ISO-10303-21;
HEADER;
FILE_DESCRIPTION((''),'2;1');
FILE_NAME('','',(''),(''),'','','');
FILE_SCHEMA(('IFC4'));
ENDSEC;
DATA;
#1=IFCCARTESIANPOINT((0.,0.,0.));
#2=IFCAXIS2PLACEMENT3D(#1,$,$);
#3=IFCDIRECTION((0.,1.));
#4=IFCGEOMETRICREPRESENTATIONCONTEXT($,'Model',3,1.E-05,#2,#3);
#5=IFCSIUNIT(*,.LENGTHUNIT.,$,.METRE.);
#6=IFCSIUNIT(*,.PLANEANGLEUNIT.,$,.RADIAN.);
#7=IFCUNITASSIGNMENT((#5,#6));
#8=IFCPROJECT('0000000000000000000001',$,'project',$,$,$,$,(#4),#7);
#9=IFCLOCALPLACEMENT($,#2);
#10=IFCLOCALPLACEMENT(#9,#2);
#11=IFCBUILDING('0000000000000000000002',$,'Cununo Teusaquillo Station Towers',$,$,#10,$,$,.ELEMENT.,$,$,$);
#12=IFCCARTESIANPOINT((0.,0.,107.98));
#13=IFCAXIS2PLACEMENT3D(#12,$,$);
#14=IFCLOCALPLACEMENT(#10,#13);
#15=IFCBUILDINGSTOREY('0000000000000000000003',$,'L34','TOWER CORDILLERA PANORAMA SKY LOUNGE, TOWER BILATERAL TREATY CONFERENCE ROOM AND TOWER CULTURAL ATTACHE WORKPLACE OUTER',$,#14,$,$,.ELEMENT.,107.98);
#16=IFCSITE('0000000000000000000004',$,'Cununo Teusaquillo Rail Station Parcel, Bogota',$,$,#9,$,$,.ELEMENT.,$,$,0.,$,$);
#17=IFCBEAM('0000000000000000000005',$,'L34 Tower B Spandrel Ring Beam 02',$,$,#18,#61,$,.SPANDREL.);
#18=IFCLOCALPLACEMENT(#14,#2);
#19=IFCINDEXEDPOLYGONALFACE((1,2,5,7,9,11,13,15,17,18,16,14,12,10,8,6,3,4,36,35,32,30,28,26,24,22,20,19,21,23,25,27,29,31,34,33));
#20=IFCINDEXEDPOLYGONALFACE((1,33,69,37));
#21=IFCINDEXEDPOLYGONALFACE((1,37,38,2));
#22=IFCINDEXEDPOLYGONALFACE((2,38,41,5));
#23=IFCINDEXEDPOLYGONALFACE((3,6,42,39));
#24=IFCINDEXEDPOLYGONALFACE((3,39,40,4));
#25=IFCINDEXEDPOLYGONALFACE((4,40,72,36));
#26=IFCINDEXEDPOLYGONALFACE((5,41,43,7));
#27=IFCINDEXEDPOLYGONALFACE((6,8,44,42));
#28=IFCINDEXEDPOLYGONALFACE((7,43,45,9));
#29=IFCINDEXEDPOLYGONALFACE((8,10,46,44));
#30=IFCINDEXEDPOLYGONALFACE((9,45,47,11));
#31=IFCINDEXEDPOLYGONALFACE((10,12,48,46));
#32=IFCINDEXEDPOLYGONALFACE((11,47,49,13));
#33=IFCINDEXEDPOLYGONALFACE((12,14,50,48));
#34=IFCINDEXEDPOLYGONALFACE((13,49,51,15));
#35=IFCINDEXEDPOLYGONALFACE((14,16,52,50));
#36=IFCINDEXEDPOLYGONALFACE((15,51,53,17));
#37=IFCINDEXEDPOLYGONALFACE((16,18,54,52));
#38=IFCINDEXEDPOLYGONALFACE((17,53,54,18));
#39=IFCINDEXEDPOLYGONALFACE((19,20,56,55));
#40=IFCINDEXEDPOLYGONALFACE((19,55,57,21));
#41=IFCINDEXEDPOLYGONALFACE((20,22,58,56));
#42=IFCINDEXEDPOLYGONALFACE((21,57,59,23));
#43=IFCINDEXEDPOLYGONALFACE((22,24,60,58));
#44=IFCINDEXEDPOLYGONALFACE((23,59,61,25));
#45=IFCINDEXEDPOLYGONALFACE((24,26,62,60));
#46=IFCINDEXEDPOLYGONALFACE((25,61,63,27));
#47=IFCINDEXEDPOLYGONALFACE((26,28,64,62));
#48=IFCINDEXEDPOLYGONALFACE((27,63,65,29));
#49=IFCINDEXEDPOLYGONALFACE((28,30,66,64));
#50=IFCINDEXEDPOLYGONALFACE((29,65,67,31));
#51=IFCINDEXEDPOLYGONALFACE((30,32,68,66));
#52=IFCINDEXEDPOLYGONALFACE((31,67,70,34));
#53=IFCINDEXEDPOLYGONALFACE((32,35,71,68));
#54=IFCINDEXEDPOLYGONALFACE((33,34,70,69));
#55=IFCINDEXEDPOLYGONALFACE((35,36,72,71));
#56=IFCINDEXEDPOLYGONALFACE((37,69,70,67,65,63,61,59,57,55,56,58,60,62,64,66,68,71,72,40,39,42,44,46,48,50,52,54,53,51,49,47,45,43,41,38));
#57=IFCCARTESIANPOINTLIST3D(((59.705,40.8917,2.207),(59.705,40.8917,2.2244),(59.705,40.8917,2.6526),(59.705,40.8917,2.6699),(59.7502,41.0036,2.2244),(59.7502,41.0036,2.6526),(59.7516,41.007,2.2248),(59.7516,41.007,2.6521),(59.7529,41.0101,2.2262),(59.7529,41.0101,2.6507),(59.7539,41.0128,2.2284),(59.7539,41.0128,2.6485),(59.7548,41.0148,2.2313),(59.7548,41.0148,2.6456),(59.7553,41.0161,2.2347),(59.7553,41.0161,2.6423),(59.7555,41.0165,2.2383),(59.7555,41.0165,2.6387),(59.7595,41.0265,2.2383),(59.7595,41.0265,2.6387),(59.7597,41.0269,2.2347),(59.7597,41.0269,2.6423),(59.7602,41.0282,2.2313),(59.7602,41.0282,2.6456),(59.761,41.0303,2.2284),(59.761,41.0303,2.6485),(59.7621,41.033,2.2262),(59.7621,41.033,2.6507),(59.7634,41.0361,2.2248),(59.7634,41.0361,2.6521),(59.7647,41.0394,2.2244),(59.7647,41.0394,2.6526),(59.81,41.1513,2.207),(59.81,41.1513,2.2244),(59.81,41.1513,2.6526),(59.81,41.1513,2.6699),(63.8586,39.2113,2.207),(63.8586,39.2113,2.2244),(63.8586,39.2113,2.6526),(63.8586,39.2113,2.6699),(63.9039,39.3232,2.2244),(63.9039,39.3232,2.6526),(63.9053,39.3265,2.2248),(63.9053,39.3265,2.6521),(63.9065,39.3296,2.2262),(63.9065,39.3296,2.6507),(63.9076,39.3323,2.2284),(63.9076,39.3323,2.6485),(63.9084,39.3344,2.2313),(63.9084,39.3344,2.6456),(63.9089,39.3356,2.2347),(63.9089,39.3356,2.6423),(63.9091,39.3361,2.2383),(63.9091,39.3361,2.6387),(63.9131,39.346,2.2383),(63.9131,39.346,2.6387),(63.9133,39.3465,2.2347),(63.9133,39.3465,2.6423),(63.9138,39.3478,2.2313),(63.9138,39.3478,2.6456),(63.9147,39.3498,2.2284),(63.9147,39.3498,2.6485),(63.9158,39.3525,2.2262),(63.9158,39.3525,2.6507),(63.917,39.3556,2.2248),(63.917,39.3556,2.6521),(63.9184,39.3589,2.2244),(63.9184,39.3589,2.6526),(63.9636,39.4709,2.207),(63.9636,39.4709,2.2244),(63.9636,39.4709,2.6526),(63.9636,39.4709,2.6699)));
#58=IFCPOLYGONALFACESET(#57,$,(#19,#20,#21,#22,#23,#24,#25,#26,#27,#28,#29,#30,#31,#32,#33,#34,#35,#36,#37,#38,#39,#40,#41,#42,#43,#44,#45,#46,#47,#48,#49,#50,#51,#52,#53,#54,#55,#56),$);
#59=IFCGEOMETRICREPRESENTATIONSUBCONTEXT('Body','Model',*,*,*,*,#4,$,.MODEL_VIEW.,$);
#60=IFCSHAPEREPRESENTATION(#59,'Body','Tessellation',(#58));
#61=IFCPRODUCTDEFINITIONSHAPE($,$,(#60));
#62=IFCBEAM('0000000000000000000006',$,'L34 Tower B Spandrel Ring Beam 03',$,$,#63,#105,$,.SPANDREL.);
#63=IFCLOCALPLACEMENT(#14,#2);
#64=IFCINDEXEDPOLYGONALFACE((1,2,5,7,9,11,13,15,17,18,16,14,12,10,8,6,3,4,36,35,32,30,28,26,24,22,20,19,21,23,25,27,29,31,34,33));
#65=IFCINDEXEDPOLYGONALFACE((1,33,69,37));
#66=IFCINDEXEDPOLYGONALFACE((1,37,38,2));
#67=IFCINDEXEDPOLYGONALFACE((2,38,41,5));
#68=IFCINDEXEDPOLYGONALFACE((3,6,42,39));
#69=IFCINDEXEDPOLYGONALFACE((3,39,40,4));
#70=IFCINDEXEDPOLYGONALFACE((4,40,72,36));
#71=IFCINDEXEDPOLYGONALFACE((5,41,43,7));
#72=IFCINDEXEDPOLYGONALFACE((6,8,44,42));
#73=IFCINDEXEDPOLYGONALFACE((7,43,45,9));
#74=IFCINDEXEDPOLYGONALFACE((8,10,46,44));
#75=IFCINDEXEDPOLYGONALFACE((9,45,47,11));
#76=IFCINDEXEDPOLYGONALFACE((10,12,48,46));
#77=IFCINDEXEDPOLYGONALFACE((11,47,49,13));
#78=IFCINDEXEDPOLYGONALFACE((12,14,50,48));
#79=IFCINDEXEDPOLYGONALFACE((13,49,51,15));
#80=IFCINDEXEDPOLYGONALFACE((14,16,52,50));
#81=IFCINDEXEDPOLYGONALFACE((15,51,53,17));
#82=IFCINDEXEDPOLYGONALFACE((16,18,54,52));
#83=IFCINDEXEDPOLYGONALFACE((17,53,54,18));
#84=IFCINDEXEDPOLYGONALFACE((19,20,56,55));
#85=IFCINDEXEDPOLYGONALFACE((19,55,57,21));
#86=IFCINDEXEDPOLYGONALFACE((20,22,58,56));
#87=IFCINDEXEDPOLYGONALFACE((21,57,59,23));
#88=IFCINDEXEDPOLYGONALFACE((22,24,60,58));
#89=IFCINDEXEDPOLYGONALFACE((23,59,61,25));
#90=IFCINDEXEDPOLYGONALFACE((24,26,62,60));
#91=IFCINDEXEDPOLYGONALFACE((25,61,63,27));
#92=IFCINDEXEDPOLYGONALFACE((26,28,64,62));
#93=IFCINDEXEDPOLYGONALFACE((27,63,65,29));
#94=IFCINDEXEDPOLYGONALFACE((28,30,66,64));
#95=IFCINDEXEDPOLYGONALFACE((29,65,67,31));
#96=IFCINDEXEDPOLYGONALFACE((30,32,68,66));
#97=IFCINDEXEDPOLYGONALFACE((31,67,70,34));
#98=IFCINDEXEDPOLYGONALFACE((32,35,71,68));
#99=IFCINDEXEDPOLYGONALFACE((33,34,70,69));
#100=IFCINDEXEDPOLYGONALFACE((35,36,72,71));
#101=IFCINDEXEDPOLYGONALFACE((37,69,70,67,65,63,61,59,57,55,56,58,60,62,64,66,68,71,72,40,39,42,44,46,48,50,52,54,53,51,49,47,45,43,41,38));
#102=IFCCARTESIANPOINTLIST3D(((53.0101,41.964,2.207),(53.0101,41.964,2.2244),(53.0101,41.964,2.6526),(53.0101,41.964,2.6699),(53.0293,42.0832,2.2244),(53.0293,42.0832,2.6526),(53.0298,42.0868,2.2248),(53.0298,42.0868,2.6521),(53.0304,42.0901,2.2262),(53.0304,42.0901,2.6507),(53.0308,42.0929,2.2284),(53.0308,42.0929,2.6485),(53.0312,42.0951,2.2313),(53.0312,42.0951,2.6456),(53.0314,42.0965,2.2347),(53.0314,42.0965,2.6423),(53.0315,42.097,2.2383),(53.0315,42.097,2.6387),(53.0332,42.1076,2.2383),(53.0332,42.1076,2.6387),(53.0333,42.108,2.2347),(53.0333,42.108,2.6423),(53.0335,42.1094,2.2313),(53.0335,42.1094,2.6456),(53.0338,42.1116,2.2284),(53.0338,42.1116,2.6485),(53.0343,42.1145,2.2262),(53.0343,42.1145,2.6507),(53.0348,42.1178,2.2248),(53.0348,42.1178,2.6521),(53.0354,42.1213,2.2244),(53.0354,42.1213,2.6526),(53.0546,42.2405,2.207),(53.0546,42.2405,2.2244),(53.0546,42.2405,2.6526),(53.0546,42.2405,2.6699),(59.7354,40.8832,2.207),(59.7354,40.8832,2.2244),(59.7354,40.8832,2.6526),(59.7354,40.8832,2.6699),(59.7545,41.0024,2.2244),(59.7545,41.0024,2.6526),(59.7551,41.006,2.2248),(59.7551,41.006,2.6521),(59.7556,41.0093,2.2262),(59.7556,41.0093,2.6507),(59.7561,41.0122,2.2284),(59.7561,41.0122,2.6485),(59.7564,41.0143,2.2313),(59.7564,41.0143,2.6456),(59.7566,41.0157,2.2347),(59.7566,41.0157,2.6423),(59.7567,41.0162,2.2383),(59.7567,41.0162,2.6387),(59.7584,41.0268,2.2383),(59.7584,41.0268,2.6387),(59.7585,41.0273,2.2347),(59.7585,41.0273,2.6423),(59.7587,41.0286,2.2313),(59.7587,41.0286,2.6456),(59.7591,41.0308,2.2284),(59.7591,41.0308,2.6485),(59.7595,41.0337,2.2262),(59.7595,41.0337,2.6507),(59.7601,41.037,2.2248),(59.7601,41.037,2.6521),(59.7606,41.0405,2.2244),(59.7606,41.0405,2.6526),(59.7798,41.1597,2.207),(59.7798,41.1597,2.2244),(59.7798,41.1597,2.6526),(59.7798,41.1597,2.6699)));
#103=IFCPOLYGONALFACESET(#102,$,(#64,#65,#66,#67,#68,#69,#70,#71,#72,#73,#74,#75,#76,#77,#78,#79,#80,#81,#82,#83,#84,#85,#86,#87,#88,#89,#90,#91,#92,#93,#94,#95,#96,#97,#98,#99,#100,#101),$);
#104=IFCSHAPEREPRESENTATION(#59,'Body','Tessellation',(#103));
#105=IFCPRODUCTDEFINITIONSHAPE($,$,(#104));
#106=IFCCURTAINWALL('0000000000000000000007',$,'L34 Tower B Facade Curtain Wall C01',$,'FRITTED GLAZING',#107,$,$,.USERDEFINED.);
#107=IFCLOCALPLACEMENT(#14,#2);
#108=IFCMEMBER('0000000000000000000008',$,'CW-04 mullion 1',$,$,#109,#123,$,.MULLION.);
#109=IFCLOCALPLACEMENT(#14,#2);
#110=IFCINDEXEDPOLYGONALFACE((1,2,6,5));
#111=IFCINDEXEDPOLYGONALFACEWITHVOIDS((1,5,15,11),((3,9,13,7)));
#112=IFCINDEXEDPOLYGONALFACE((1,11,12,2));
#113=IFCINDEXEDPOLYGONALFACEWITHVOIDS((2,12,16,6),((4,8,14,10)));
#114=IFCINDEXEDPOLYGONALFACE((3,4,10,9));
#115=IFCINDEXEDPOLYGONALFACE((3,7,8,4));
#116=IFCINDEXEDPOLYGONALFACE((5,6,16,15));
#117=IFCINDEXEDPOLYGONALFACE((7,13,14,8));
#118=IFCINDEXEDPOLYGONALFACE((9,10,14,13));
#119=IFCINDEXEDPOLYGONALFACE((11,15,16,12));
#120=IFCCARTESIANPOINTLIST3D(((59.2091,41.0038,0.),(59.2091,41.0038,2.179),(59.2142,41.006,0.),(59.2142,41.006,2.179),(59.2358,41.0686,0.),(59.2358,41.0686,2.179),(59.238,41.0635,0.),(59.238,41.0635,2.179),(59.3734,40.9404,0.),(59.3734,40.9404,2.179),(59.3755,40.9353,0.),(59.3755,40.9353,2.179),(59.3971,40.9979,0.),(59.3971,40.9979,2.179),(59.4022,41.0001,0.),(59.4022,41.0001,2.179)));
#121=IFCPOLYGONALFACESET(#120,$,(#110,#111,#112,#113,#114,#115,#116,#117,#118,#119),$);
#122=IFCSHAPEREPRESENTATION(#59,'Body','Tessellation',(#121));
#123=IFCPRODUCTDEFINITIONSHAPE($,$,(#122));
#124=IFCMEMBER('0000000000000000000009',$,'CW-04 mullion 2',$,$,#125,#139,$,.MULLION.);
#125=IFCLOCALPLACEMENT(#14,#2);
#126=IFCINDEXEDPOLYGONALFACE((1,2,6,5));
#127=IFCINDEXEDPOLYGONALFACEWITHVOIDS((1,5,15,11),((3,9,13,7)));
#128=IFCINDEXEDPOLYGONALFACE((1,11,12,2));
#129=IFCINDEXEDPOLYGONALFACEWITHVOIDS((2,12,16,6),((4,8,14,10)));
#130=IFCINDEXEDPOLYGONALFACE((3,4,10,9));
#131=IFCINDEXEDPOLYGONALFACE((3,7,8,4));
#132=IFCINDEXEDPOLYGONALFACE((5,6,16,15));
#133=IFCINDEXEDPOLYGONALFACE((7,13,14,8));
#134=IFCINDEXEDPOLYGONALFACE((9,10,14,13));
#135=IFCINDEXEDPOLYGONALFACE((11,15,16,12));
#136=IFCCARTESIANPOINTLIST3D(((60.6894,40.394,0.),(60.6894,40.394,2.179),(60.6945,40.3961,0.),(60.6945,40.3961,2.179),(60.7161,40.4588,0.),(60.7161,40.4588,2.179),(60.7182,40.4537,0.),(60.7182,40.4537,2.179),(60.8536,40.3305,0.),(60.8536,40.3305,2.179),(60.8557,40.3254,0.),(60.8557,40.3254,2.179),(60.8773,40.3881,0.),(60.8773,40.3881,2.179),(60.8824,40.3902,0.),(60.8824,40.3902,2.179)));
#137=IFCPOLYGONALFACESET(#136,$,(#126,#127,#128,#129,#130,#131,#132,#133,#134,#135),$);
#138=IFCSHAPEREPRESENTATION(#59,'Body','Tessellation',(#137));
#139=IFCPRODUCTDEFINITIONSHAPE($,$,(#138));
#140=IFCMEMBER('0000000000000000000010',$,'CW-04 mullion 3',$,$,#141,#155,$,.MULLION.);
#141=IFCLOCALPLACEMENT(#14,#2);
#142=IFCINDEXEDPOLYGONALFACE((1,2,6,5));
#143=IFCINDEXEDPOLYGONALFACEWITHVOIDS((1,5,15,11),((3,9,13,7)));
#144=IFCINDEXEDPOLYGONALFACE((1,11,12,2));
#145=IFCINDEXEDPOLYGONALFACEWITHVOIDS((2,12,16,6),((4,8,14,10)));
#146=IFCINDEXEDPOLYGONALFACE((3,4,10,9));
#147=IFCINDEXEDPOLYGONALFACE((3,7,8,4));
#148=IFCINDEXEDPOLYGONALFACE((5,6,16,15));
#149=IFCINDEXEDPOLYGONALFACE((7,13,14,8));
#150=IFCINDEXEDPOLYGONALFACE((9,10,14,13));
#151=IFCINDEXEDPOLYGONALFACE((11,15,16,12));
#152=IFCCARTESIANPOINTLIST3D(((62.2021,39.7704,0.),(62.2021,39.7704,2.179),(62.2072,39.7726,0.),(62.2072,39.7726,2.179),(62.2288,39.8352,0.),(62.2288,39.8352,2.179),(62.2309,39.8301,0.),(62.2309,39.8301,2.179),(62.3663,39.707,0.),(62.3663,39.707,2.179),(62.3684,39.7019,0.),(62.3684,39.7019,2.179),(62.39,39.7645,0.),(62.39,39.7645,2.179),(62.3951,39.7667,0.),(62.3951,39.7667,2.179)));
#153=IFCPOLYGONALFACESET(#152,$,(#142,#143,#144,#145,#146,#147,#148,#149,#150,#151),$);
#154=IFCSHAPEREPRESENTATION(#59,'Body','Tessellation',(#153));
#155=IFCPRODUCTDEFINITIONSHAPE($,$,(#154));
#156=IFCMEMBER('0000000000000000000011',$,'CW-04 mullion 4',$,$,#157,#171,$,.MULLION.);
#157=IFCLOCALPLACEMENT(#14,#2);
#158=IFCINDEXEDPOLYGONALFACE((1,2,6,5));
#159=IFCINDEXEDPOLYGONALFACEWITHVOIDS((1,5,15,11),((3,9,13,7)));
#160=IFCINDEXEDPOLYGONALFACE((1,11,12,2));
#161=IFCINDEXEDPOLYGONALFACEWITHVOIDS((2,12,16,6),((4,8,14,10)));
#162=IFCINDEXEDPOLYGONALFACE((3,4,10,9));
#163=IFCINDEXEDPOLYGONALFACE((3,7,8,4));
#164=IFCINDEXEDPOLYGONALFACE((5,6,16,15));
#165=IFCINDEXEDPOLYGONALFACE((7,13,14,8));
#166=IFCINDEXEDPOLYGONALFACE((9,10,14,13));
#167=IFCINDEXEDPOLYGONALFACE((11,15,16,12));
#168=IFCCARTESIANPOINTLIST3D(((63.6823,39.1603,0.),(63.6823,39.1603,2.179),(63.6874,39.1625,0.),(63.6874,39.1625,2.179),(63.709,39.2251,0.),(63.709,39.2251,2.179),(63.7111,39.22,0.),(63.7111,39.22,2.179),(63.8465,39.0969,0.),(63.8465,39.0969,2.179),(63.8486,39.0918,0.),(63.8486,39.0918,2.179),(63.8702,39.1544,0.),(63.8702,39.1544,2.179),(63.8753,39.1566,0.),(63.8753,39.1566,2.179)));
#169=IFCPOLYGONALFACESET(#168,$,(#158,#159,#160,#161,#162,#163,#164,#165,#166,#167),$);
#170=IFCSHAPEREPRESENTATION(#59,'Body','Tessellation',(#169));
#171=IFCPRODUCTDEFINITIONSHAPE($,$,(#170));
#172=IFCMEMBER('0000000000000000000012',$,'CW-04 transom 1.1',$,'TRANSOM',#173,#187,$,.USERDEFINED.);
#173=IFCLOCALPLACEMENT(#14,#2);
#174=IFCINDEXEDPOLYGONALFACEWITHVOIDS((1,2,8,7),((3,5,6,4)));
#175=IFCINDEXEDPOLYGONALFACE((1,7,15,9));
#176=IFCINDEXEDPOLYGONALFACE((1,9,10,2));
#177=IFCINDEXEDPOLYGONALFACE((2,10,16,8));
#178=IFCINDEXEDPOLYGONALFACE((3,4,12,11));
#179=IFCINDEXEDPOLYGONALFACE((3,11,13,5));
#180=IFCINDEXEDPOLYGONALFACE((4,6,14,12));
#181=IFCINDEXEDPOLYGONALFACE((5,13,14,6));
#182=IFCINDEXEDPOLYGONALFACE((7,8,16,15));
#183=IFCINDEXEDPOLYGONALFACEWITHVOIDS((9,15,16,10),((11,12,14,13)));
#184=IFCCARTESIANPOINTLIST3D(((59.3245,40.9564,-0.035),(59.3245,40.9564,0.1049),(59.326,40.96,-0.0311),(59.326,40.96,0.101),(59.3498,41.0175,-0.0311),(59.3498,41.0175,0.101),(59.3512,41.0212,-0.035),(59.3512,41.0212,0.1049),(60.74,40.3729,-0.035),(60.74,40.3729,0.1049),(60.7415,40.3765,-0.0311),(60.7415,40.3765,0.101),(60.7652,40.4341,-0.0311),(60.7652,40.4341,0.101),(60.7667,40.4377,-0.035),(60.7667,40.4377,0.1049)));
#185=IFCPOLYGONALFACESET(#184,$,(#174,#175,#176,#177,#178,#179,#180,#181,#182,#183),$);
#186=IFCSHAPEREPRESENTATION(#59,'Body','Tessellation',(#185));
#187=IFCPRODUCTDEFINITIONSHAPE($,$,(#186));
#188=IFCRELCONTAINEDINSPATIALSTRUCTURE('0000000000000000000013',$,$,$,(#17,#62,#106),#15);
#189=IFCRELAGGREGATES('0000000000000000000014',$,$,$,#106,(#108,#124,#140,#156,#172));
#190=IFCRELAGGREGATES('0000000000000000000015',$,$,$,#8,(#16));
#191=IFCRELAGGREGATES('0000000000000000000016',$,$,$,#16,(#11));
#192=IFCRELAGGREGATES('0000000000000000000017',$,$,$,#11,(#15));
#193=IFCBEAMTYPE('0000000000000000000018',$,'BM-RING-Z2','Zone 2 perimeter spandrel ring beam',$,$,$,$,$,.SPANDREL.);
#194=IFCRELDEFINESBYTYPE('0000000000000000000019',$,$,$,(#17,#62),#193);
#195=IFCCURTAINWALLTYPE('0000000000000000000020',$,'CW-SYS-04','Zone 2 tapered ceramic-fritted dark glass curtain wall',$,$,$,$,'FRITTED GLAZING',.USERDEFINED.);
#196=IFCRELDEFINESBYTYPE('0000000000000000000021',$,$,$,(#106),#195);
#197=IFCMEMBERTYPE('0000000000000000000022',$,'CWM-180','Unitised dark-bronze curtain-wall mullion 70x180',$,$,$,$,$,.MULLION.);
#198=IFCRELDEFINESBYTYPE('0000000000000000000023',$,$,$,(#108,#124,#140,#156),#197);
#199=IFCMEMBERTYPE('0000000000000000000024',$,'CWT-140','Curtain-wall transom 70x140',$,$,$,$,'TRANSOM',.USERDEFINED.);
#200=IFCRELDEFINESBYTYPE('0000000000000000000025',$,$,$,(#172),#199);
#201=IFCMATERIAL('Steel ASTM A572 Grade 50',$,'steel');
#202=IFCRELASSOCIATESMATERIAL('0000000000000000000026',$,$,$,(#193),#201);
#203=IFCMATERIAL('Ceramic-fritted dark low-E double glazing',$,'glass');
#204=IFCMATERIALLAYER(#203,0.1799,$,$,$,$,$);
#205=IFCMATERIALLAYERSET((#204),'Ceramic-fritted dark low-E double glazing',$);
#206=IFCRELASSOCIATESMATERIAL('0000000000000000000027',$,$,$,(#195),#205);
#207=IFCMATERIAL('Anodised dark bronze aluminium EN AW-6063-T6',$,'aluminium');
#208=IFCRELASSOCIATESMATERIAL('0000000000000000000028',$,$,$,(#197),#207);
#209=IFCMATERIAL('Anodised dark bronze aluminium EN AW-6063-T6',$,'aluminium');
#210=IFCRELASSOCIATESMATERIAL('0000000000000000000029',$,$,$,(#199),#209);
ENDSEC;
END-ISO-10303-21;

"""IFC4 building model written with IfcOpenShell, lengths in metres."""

from ifc_helpers import new_model, si_unit, direction, frame, origin, origin_2d, place, context, subcontext, project, spatial, hollow_rectangle, i_section, extrude, material, layer, layer_set, material_profile, profile_set, type_object, element, aggregate, save


model = new_model("IFC4")

# Units and contexts
model_context = context("Model", 3, precision=1e-05, world=origin(), true_north=direction((0.0, 1.0)))
body_context = subcontext(model_context, "Body", "Model", "MODEL_VIEW")
ifc_project = project(units=[si_unit("LENGTHUNIT", "METRE"), si_unit("PLANEANGLEUNIT", "RADIAN")], contexts=[model_context])

# Site, building, storey
site_placement = place(None, origin())
site = spatial("IfcSite", under=ifc_project, at=site_placement, Name="Cununo Teusaquillo Rail Station Parcel, Bogota", CompositionType="ELEMENT", RefElevation=0.0)
building_placement = place(site_placement, origin())
building = spatial("IfcBuilding", under=site, at=building_placement, Name="Cununo Teusaquillo Station Towers", CompositionType="ELEMENT")
storey_placement = place(building_placement, frame((0.0, 0.0, 107.98)))
storey = spatial("IfcBuildingStorey", under=building, at=storey_placement, Name="L34", Description="TOWER CORDILLERA PANORAMA SKY LOUNGE, TOWER BILATERAL TREATY CONFERENCE ROOM AND TOWER CULTURAL ATTACHE WORKPLACE OUTER", CompositionType="ELEMENT", Elevation=107.98)

# Beams
ifc_material_1 = material(Name="Steel ASTM A572 Grade 50", Category="steel")
ifc_material_profile_1 = material_profile(ifc_material_1, i_section(OverallWidth=0.28, OverallDepth=0.4629, WebThickness=0.0107, FlangeThickness=0.0173, FilletRadius=0.0139, at=origin_2d()), Name="W18X76")
ifc_profile_set_1 = profile_set([ifc_material_profile_1], Name="Steel ASTM A572 Grade 50")
beam_type = type_object("IfcBeamType", Name="BM-RING-Z2", Description="Zone 2 perimeter spandrel ring beam", PredefinedType="SPANDREL", material=ifc_profile_set_1)
beam_1_placement = place(storey_placement, frame((63.9111, 39.3411, 2.4385), z_axis=(-0.927008, 0.375042, 0.0), x_axis=(-0.375042, -0.927008, 0.0)))
element("IfcBeam", 1, at=beam_1_placement, inside=storey, type_object=beam_type, Name="L34 Tower B Spandrel Ring Beam 02", PredefinedType="SPANDREL", context=body_context, shape_type="SweptSolid", body=[
    extrude(i_section(OverallWidth=0.28, OverallDepth=0.4629, WebThickness=0.0107, FlangeThickness=0.0173, FilletRadius=0.0139, at=origin_2d()), origin(), (0.0, 0.0, 1.0), 4.4807),
])
beam_2_placement = place(storey_placement, frame((59.7576, 41.0215, 2.4385), z_axis=(-0.987331, 0.158671, 0.0), x_axis=(-0.158671, -0.987331, 0.0)))
element("IfcBeam", 2, at=beam_2_placement, inside=storey, type_object=beam_type, Name="L34 Tower B Spandrel Ring Beam 03", PredefinedType="SPANDREL", context=body_context, shape_type="SweptSolid", body=[
    extrude(i_section(OverallWidth=0.28, OverallDepth=0.4629, WebThickness=0.0107, FlangeThickness=0.0173, FilletRadius=0.0139, at=origin_2d()), origin(), (0.0, 0.0, 1.0), 6.8115),
])

# Curtain wall, members
ifc_material_2 = material(Name="Ceramic-fritted dark low-E double glazing", Category="glass")
ifc_layer_1 = layer(ifc_material_2, 0.1799)
ifc_layer_set_1 = layer_set([ifc_layer_1], Name="Ceramic-fritted dark low-E double glazing")
curtain_wall_type = type_object("IfcCurtainWallType", Name="CW-SYS-04", Description="Zone 2 tapered ceramic-fritted dark glass curtain wall", ElementType="FRITTED GLAZING", PredefinedType="USERDEFINED", material=ifc_layer_set_1)
curtain_wall_placement = place(storey_placement, origin())
curtain_wall = element("IfcCurtainWall", 3, at=curtain_wall_placement, inside=storey, type_object=curtain_wall_type, Name="L34 Tower B Facade Curtain Wall C01", ObjectType="FRITTED GLAZING", PredefinedType="USERDEFINED")
ifc_material_3 = material(Name="Anodised dark bronze aluminium EN AW-6063-T6", Category="aluminium")
ifc_material_profile_2 = material_profile(ifc_material_3, hollow_rectangle(XDim=0.0701, YDim=0.1799, WallThickness=0.0039, at=origin_2d()), Name="CW-MULL-70x180")
ifc_profile_set_2 = profile_set([ifc_material_profile_2], Name="Anodised dark bronze aluminium EN AW-6063-T6")
member_type_1 = type_object("IfcMemberType", Name="CWM-180", Description="Unitised dark-bronze curtain-wall mullion 70x180", PredefinedType="MULLION", material=ifc_profile_set_2)
member_1_placement = place(storey_placement, frame((59.3057, 41.002, 0.0), z_axis=(0.0, 0.0, 1.0), x_axis=(0.381031, 0.924562, 0.0)))
member_1 = element("IfcMember", 4, at=member_1_placement, type_object=member_type_1, Name="CW-04 mullion 1", PredefinedType="MULLION", context=body_context, shape_type="SweptSolid", body=[
    extrude(hollow_rectangle(XDim=0.0701, YDim=0.1799, WallThickness=0.0039, at=origin_2d()), origin(), (0.0, 0.0, 1.0), 2.179),
])
member_2_placement = place(storey_placement, frame((60.7859, 40.3921, 0.0), z_axis=(0.0, 0.0, 1.0), x_axis=(0.381031, 0.924562, 0.0)))
member_2 = element("IfcMember", 5, at=member_2_placement, type_object=member_type_1, Name="CW-04 mullion 2", PredefinedType="MULLION", context=body_context, shape_type="SweptSolid", body=[
    extrude(hollow_rectangle(XDim=0.0701, YDim=0.1799, WallThickness=0.0039, at=origin_2d()), origin(), (0.0, 0.0, 1.0), 2.179),
])
member_3_placement = place(storey_placement, frame((62.2986, 39.7686, 0.0), z_axis=(0.0, 0.0, 1.0), x_axis=(0.381031, 0.924562, 0.0)))
member_3 = element("IfcMember", 6, at=member_3_placement, type_object=member_type_1, Name="CW-04 mullion 3", PredefinedType="MULLION", context=body_context, shape_type="SweptSolid", body=[
    extrude(hollow_rectangle(XDim=0.0701, YDim=0.1799, WallThickness=0.0039, at=origin_2d()), origin(), (0.0, 0.0, 1.0), 2.179),
])
member_4_placement = place(storey_placement, frame((63.7788, 39.1584, 0.0), z_axis=(0.0, 0.0, 1.0), x_axis=(0.381031, 0.924562, 0.0)))
member_4 = element("IfcMember", 7, at=member_4_placement, type_object=member_type_1, Name="CW-04 mullion 4", PredefinedType="MULLION", context=body_context, shape_type="SweptSolid", body=[
    extrude(hollow_rectangle(XDim=0.0701, YDim=0.1799, WallThickness=0.0039, at=origin_2d()), origin(), (0.0, 0.0, 1.0), 2.179),
])
ifc_material_4 = material(Name="Anodised dark bronze aluminium EN AW-6063-T6", Category="aluminium")
ifc_material_profile_3 = material_profile(ifc_material_4, hollow_rectangle(XDim=0.0701, YDim=0.1399, WallThickness=0.0039, at=origin_2d()), Name="CW-TRAN-70x140")
ifc_profile_set_3 = profile_set([ifc_material_profile_3], Name="Anodised dark bronze aluminium EN AW-6063-T6")
member_type_2 = type_object("IfcMemberType", Name="CWT-140", Description="Curtain-wall transom 70x140", ElementType="TRANSOM", PredefinedType="USERDEFINED", material=ifc_profile_set_3)
member_5_placement = place(storey_placement, frame((59.3379, 40.9888, 0.0349), z_axis=(0.924533, -0.381103, 0.0), x_axis=(0.381103, 0.924533, 0.0)))
member_5 = element("IfcMember", 8, at=member_5_placement, type_object=member_type_2, Name="CW-04 transom 1.1", ObjectType="TRANSOM", PredefinedType="USERDEFINED", context=body_context, shape_type="SweptSolid", body=[
    extrude(hollow_rectangle(XDim=0.0701, YDim=0.1399, WallThickness=0.0039, at=origin_2d()), origin(), (0.0, 0.0, 1.0), 1.531),
])

aggregate(curtain_wall, [member_1, member_2, member_3, member_4, member_5])

save(model, "model.ifc")
